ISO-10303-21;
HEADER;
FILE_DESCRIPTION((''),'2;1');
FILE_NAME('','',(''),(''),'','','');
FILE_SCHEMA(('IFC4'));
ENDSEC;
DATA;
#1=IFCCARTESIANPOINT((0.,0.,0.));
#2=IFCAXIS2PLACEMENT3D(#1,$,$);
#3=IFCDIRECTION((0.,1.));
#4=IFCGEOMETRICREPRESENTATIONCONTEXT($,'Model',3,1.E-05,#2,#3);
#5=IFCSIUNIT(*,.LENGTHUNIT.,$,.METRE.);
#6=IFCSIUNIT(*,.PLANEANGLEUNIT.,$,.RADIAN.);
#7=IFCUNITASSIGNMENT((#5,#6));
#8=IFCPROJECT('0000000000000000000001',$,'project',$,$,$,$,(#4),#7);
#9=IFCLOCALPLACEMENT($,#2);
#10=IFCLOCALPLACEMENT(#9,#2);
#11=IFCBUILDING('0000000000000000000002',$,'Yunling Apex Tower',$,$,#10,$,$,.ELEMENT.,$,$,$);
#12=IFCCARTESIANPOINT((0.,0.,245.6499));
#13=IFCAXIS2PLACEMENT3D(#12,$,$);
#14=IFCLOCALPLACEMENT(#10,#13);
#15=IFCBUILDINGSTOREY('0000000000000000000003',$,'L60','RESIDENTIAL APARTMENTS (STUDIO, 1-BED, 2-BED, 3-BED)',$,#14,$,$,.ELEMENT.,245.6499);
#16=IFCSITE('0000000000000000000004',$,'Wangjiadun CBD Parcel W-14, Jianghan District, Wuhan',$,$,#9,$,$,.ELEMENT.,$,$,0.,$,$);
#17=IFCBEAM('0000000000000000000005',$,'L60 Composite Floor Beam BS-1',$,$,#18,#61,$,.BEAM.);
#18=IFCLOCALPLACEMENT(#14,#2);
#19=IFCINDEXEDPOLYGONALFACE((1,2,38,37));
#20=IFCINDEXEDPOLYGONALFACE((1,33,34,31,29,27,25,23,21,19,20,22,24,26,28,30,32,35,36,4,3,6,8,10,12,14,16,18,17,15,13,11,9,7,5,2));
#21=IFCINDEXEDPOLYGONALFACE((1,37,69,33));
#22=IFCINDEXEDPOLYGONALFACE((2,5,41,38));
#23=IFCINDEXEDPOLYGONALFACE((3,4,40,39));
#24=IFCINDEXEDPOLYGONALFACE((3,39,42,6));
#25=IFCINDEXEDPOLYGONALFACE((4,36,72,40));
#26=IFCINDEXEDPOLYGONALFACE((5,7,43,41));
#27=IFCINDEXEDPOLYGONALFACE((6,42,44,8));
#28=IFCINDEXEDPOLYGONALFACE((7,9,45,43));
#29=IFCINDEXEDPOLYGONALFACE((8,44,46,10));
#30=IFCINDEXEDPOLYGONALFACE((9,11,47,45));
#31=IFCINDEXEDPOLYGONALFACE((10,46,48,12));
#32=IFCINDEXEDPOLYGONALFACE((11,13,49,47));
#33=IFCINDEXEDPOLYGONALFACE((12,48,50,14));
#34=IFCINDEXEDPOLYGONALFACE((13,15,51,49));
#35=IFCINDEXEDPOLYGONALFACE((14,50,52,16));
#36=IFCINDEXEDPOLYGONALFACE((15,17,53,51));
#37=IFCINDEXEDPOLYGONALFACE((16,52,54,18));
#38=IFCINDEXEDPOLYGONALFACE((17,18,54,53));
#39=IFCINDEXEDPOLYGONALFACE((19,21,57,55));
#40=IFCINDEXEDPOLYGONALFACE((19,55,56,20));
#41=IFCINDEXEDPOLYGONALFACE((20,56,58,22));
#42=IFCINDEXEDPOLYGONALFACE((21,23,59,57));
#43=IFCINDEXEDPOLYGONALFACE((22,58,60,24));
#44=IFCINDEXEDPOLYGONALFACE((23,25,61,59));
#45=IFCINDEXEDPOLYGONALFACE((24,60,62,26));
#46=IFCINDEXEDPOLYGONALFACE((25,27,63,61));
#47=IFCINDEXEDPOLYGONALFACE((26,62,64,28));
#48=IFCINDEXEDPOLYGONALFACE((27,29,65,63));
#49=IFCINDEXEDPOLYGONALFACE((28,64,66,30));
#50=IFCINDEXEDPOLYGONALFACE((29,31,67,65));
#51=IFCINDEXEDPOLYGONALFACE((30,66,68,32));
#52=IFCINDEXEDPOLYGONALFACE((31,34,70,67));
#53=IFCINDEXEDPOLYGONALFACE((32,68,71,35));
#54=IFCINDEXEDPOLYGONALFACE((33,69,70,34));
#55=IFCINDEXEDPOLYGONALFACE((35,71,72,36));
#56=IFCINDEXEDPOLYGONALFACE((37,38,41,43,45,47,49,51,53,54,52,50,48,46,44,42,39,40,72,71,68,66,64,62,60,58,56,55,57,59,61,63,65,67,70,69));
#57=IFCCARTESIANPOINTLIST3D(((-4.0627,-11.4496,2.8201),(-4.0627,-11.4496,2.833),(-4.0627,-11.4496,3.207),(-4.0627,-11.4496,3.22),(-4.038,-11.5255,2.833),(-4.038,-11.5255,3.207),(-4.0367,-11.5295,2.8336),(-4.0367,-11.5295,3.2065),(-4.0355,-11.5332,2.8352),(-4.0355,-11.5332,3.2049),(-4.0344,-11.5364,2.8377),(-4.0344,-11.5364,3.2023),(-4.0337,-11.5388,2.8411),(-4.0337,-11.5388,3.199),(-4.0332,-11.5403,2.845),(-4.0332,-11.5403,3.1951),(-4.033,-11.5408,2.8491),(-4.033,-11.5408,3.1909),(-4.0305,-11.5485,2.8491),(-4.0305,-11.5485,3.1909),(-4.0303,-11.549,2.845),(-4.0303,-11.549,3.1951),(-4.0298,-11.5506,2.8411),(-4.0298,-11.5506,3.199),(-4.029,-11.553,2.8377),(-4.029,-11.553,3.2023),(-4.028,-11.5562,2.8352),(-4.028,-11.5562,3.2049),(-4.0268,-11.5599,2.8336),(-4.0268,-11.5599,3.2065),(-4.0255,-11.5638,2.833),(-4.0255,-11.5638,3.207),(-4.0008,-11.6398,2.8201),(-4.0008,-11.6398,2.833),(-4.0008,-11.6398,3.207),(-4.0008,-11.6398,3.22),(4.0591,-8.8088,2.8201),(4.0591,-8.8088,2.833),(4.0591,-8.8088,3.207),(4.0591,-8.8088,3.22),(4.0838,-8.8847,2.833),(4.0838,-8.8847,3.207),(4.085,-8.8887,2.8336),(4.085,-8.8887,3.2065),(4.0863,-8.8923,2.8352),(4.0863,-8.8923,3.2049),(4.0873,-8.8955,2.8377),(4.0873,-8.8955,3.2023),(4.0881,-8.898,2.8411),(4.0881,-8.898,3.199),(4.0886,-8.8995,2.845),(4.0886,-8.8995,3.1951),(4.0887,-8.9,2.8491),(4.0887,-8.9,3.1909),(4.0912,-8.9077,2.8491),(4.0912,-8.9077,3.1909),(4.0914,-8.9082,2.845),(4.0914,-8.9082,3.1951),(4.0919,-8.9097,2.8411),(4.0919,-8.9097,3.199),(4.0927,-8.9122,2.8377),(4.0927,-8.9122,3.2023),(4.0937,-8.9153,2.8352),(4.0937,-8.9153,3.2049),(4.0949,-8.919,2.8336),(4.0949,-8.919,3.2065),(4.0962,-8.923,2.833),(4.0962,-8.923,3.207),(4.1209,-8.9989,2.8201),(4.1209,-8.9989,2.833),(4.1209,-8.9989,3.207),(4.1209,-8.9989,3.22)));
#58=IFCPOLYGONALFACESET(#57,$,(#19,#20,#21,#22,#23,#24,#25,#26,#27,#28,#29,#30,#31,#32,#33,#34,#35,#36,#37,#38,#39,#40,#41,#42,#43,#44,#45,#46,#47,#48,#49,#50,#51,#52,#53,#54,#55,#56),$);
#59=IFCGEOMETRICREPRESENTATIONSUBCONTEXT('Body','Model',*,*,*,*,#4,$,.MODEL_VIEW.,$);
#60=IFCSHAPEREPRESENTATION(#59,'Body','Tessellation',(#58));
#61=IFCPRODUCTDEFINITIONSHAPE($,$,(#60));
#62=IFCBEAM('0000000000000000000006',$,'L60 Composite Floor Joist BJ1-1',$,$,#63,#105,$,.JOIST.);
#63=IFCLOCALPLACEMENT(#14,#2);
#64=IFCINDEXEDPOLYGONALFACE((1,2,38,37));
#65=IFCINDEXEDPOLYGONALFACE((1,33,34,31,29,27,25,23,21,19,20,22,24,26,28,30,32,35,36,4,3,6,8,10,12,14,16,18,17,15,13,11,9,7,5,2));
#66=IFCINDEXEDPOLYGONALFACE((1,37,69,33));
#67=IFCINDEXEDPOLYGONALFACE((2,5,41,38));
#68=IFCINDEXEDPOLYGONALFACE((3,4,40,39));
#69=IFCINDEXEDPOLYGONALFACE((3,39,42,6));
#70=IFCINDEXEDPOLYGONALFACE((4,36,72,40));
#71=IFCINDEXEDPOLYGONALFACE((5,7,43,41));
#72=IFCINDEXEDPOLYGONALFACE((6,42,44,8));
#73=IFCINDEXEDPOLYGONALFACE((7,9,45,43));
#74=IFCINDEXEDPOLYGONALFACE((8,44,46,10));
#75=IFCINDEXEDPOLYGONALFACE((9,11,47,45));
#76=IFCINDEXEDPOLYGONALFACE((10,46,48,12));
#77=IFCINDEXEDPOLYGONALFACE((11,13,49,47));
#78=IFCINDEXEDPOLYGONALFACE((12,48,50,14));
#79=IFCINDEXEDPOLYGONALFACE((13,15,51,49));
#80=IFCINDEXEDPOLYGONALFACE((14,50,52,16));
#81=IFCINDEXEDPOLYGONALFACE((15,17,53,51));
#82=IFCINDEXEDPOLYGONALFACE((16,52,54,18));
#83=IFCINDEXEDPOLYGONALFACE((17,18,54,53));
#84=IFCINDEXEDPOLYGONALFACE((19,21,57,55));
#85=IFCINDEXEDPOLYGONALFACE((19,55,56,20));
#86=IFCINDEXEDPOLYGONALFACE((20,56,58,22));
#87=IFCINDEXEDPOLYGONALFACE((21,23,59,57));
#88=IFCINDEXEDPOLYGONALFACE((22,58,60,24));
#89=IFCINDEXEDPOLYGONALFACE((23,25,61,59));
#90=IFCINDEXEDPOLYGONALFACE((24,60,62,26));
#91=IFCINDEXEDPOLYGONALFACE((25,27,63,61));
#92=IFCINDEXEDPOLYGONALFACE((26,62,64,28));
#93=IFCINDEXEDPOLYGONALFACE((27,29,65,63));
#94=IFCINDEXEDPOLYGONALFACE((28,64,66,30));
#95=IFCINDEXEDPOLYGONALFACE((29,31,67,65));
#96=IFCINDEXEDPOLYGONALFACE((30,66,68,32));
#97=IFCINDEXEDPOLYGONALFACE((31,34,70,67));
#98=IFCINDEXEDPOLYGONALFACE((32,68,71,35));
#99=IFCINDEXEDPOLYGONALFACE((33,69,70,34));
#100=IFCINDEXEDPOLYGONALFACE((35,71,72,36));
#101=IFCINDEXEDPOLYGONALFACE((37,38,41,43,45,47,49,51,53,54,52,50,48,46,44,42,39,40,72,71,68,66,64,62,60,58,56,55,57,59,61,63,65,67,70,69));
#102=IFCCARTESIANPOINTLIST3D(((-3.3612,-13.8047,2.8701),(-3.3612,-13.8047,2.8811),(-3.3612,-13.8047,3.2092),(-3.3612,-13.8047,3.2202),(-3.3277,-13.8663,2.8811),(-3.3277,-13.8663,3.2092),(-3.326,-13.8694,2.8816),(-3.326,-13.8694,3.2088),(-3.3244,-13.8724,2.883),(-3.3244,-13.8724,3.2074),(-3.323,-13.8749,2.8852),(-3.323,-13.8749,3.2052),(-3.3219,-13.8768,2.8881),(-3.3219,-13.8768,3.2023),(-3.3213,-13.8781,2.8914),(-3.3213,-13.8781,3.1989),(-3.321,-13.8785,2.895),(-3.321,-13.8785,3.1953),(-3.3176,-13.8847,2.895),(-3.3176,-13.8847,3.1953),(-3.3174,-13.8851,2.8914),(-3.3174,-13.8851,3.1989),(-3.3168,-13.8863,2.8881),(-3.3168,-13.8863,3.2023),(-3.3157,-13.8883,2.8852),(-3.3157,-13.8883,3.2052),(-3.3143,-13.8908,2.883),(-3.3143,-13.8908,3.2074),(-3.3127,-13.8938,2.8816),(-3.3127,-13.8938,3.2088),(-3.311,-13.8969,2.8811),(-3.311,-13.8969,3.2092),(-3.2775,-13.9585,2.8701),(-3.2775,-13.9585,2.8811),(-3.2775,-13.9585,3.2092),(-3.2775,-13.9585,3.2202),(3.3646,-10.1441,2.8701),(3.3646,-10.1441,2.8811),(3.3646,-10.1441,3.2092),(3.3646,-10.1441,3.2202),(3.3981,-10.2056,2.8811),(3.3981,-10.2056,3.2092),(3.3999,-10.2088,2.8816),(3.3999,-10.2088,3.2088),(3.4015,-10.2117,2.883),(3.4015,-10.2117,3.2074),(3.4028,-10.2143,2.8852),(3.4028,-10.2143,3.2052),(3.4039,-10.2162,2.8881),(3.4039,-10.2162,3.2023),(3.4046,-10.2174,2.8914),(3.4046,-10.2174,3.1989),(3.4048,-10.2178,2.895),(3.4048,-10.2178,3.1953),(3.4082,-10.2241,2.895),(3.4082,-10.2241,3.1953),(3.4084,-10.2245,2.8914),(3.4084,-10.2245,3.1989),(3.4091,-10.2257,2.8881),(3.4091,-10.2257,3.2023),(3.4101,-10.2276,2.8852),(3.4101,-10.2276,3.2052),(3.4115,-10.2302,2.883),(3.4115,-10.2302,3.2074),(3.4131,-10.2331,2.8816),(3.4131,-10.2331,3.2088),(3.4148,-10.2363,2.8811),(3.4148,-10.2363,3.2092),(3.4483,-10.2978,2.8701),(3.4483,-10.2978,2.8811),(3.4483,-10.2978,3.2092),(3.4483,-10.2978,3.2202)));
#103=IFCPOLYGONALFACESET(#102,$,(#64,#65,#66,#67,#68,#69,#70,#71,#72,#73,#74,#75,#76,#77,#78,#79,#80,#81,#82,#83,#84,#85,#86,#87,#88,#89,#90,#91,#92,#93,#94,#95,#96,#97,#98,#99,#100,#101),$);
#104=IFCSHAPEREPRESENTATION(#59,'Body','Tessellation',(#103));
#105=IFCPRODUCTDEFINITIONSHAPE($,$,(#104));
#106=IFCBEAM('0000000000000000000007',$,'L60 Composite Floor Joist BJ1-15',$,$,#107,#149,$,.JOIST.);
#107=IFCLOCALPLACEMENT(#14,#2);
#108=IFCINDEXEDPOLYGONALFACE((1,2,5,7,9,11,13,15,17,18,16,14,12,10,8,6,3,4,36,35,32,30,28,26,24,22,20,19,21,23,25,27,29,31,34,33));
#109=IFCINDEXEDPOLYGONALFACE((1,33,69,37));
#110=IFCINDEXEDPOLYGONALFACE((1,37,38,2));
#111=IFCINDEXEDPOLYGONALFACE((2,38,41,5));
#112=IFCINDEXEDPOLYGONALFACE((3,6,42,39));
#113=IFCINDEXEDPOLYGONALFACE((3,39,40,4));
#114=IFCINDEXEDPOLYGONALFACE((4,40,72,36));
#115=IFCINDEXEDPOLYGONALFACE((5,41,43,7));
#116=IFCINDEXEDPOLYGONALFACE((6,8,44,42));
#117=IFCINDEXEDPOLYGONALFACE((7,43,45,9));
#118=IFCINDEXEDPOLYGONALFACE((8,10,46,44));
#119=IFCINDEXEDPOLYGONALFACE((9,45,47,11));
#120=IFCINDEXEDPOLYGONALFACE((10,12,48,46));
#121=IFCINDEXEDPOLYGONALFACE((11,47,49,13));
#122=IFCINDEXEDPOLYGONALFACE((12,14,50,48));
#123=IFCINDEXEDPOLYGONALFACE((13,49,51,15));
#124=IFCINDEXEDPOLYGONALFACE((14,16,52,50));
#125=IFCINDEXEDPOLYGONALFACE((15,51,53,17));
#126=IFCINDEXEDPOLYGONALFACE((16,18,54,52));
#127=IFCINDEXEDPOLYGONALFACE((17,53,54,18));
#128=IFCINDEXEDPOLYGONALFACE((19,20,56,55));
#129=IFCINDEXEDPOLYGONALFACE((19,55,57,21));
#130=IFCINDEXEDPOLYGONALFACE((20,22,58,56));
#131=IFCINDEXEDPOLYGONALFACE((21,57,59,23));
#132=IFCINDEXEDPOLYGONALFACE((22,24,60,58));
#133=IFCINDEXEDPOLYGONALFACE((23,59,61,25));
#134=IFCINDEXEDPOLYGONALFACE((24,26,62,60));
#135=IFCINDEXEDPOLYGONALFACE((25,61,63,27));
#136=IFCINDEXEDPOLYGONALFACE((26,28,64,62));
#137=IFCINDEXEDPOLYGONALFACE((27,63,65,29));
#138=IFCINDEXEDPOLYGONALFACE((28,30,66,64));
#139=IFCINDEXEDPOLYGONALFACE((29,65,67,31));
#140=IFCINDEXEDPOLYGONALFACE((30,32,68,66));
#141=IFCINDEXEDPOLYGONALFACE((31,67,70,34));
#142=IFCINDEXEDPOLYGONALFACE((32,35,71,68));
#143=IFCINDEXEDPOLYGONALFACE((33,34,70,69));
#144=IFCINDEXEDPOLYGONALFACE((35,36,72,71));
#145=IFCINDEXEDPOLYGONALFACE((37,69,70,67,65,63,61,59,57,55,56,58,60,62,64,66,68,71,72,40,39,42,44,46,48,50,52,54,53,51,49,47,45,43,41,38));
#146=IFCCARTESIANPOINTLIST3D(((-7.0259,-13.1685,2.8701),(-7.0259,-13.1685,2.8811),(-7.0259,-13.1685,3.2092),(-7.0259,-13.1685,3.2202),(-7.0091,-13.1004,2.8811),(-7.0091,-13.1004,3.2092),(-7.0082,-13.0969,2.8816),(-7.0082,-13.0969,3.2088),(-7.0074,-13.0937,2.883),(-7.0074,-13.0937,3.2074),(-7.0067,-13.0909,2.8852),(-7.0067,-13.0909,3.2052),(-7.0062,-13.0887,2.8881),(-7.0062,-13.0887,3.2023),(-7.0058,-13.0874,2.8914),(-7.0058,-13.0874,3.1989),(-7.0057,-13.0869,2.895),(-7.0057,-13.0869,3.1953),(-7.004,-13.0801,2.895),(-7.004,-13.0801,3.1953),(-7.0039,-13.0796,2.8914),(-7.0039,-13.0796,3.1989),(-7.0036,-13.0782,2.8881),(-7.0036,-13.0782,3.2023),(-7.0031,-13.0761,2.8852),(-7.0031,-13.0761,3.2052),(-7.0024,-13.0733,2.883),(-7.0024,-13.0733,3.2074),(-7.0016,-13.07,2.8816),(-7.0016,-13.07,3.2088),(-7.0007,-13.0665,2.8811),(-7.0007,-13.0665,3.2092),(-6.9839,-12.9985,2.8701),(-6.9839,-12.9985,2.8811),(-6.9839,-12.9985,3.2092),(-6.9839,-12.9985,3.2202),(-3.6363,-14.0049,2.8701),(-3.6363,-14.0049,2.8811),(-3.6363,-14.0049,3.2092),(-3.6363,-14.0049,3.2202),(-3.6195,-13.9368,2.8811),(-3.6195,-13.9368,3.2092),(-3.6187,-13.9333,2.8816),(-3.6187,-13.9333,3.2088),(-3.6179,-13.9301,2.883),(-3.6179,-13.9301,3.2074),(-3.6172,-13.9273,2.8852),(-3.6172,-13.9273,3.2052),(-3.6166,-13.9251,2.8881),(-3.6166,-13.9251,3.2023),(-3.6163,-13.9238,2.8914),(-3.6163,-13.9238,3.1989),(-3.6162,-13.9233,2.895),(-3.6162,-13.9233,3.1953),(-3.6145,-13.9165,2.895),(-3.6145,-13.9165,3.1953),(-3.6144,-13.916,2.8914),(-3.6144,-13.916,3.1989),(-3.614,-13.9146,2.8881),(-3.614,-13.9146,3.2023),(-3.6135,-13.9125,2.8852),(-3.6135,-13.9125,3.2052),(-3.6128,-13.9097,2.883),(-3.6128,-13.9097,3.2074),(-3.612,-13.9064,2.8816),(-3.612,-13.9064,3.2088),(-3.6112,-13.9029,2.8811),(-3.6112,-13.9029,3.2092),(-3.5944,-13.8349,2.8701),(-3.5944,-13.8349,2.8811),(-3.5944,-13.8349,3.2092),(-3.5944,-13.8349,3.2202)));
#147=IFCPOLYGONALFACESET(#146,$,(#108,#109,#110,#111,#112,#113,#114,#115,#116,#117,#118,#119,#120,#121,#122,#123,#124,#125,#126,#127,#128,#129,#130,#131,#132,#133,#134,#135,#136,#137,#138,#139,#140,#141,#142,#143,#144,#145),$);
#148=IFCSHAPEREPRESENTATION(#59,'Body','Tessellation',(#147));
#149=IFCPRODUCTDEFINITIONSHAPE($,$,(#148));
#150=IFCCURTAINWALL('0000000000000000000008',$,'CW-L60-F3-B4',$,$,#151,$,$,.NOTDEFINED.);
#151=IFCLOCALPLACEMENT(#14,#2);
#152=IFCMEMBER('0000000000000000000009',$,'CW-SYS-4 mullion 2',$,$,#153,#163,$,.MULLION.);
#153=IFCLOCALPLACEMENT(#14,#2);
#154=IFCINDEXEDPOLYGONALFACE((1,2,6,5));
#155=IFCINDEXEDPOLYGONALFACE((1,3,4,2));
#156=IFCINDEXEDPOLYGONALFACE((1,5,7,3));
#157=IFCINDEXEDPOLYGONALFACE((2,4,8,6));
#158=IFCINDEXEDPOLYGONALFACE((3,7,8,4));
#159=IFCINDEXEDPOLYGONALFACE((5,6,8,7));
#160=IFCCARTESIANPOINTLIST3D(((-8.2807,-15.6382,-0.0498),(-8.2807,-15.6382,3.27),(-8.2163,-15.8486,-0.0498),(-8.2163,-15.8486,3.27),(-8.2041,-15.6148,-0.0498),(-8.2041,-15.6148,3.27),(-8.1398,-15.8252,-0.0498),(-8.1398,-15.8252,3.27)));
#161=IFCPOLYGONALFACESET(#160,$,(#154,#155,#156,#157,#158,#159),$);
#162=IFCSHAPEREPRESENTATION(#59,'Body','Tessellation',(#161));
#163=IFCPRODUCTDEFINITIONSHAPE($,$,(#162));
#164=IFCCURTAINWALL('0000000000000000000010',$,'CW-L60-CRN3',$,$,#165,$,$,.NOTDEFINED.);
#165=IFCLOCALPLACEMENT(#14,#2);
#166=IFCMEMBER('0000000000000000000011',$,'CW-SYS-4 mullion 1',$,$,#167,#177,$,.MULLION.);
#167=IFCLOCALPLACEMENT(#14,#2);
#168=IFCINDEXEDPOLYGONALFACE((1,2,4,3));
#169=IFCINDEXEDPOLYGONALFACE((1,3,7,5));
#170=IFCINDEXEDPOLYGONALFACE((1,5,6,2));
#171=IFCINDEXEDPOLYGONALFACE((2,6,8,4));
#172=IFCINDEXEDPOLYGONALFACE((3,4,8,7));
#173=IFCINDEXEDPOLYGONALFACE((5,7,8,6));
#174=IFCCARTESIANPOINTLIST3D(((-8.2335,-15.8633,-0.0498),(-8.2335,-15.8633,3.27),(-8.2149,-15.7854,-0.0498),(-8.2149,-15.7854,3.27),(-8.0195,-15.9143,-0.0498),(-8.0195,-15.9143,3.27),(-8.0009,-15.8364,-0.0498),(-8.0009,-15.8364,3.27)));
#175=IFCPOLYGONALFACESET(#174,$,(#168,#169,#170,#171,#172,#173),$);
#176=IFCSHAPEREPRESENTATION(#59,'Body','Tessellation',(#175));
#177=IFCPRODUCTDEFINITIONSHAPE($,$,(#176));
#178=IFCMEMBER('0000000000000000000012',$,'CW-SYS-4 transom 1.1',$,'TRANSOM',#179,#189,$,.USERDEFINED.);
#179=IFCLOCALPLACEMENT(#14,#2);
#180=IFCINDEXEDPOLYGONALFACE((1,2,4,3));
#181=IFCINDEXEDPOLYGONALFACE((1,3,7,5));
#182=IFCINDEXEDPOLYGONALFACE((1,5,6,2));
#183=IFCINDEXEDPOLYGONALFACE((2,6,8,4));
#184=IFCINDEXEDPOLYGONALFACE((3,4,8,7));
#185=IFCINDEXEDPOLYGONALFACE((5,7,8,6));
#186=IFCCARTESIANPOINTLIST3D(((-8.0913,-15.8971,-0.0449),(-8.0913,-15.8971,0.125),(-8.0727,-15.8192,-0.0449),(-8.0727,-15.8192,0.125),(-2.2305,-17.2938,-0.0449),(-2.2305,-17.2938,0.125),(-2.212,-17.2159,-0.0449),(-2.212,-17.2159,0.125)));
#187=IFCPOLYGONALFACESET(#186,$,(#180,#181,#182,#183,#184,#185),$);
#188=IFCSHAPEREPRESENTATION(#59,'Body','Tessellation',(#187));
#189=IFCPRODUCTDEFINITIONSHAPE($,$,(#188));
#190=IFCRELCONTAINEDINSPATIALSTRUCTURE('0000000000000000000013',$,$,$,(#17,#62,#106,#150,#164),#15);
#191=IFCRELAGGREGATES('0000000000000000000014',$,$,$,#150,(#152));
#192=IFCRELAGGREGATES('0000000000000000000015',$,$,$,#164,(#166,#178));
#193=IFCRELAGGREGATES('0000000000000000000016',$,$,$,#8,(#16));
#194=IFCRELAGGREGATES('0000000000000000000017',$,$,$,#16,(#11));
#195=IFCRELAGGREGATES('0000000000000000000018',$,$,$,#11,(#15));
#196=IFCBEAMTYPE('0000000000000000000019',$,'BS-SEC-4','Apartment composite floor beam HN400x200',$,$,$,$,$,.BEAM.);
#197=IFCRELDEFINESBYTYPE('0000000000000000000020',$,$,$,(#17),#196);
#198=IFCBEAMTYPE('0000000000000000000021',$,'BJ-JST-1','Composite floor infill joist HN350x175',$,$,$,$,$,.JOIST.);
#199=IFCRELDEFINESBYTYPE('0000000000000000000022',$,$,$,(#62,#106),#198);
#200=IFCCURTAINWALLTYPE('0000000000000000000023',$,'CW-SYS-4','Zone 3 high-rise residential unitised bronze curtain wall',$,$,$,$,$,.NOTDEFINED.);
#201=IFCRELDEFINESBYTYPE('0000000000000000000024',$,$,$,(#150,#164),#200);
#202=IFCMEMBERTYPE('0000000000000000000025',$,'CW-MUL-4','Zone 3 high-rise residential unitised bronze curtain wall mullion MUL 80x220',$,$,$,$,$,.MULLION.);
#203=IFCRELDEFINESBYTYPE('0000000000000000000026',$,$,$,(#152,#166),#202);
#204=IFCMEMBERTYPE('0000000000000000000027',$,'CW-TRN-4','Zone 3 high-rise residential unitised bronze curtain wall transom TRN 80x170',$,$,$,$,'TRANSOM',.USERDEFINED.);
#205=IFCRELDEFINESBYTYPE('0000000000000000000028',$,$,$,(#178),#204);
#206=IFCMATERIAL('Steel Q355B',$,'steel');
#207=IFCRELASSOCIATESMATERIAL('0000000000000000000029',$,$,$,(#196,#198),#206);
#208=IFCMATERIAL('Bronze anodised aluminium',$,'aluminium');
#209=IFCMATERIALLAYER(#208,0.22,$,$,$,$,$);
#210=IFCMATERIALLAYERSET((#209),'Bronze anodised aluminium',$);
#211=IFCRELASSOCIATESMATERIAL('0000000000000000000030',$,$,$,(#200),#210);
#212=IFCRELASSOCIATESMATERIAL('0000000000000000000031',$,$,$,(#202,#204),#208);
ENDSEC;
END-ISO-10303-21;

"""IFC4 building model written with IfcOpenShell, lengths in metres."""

from ifc_helpers import new_model, si_unit, direction, frame, origin, origin_2d, place, context, subcontext, project, spatial, rectangle, i_section, extrude, source, transform, mapped, material, layer, layer_set, material_profile, profile_set, type_object, element, aggregate, save


model = new_model("IFC4")

# Units and contexts
model_context = context("Model", 3, precision=1e-05, world=origin(), true_north=direction((0.0, 1.0)))
body_context = subcontext(model_context, "Body", "Model", "MODEL_VIEW")
ifc_project = project(units=[si_unit("LENGTHUNIT", "METRE"), si_unit("PLANEANGLEUNIT", "RADIAN")], contexts=[model_context])

# Site, building, storey
site_placement = place(None, origin())
site = spatial("IfcSite", under=ifc_project, at=site_placement, Name="Wangjiadun CBD Parcel W-14, Jianghan District, Wuhan", CompositionType="ELEMENT", RefElevation=0.0)
building_placement = place(site_placement, origin())
building = spatial("IfcBuilding", under=site, at=building_placement, Name="Yunling Apex Tower", CompositionType="ELEMENT")
storey_placement = place(building_placement, frame((0.0, 0.0, 245.6499)))
storey = spatial("IfcBuildingStorey", under=building, at=storey_placement, Name="L60", Description="RESIDENTIAL APARTMENTS (STUDIO, 1-BED, 2-BED, 3-BED)", CompositionType="ELEMENT", Elevation=245.6499)

# Beams
ifc_material_1 = material(Name="Steel Q355B", Category="steel")
ifc_material_profile_1 = material_profile(ifc_material_1, i_section(OverallWidth=0.2, OverallDepth=0.3999, WebThickness=0.0081, FlangeThickness=0.0129, FilletRadius=0.0161, at=origin_2d()))
ifc_profile_set_1 = profile_set([ifc_material_profile_1], Name="Steel Q355B")
beam_type_1 = type_object("IfcBeamType", Name="BS-SEC-4", Description="Apartment composite floor beam HN400x200", PredefinedType="BEAM", material=ifc_profile_set_1)
shared_shape_1 = source(origin(), body_context, "Body", "SweptSolid", [
    extrude(i_section(OverallWidth=0.2, OverallDepth=0.3999, WebThickness=0.0081, FlangeThickness=0.0129, FilletRadius=0.0161, at=origin_2d()), origin(), (0.0, 0.0, 1.0), 8.5403),
])
beam_1_placement = place(storey_placement, frame((-4.0317, -11.5447, 3.02), z_axis=(0.95099, 0.309221, 0.0), x_axis=(-0.309221, 0.95099, 0.0)))
element("IfcBeam", 1, at=beam_1_placement, inside=storey, type_object=beam_type_1, Name="L60 Composite Floor Beam BS-1", PredefinedType="BEAM", context=body_context, shape_type="MappedRepresentation", body=[
    mapped(shared_shape_1, transform((0.0, 0.0, 0.0), scale=1.0)),
])
ifc_material_profile_2 = material_profile(ifc_material_1, i_section(OverallWidth=0.175, OverallDepth=0.3501, WebThickness=0.0071, FlangeThickness=0.011, FilletRadius=0.0139, at=origin_2d()))
ifc_profile_set_2 = profile_set([ifc_material_profile_2], Name="Steel Q355B")
beam_type_2 = type_object("IfcBeamType", Name="BJ-JST-1", Description="Composite floor infill joist HN350x175", PredefinedType="JOIST", material=ifc_profile_set_2)
shared_shape_2 = source(origin(), body_context, "Body", "SweptSolid", [
    extrude(i_section(OverallWidth=0.175, OverallDepth=0.3501, WebThickness=0.0071, FlangeThickness=0.011, FilletRadius=0.0139, at=origin_2d()), origin(), (0.0, 0.0, 1.0), 7.6575),
])
beam_2_placement = place(storey_placement, frame((-3.3193, -13.8816, 3.0452), z_axis=(0.878334, 0.478048, 0.0), x_axis=(-0.478048, 0.878334, 0.0)))
element("IfcBeam", 2, at=beam_2_placement, inside=storey, type_object=beam_type_2, Name="L60 Composite Floor Joist BJ1-1", PredefinedType="JOIST", context=body_context, shape_type="MappedRepresentation", body=[
    mapped(shared_shape_2, transform((0.0, 0.0, 0.0), scale=1.0)),
])
shared_shape_3 = source(origin(), body_context, "Body", "SweptSolid", [
    extrude(i_section(OverallWidth=0.175, OverallDepth=0.3501, WebThickness=0.0071, FlangeThickness=0.011, FilletRadius=0.0139, at=origin_2d()), origin(), (0.0, 0.0, 1.0), 3.4912),
])
beam_3_placement = place(storey_placement, frame((-7.0049, -13.0835, 3.0452), z_axis=(0.970878, -0.239573, 0.0), x_axis=(0.239573, 0.970878, 0.0)))
element("IfcBeam", 3, at=beam_3_placement, inside=storey, type_object=beam_type_2, Name="L60 Composite Floor Joist BJ1-15", PredefinedType="JOIST", context=body_context, shape_type="MappedRepresentation", body=[
    mapped(shared_shape_3, transform((0.0, 0.0, 0.0), scale=1.0)),
])

# Curtain wall, member
ifc_material_2 = material(Name="Bronze anodised aluminium", Category="aluminium")
ifc_layer_1 = layer(ifc_material_2, 0.22)
ifc_layer_set_1 = layer_set([ifc_layer_1], Name="Bronze anodised aluminium")
curtain_wall_type = type_object("IfcCurtainWallType", Name="CW-SYS-4", Description="Zone 3 high-rise residential unitised bronze curtain wall", PredefinedType="NOTDEFINED", material=ifc_layer_set_1)
curtain_wall_1_placement = place(storey_placement, origin())
curtain_wall_1 = element("IfcCurtainWall", 4, at=curtain_wall_1_placement, inside=storey, type_object=curtain_wall_type, Name="CW-L60-F3-B4", PredefinedType="NOTDEFINED")
ifc_material_profile_3 = material_profile(ifc_material_2, rectangle(XDim=0.0801, YDim=0.22, at=origin_2d()))
ifc_profile_set_3 = profile_set([ifc_material_profile_3], Name="Bronze anodised aluminium")
member_type_1 = type_object("IfcMemberType", Name="CW-MUL-4", Description="Zone 3 high-rise residential unitised bronze curtain wall mullion MUL 80x220", PredefinedType="MULLION", material=ifc_profile_set_3)
shared_shape_4 = source(origin(), body_context, "Body", "SweptSolid", [
    extrude(rectangle(XDim=0.0801, YDim=0.22, at=origin_2d()), origin(), (0.0, 0.0, 1.0), 3.3198),
])
member_1_placement = place(storey_placement, frame((-8.2102, -15.7317, -0.0498), z_axis=(0.0, 0.0, 1.0), x_axis=(0.956305, 0.292372, 0.0)))
member_1 = element("IfcMember", 5, at=member_1_placement, type_object=member_type_1, Name="CW-SYS-4 mullion 2", PredefinedType="MULLION", context=body_context, shape_type="MappedRepresentation", body=[
    mapped(shared_shape_4, transform((0.0, 0.0, 0.0), scale=1.0)),
])

# Curtain wall, members
curtain_wall_2_placement = place(storey_placement, origin())
curtain_wall_2 = element("IfcCurtainWall", 6, at=curtain_wall_2_placement, inside=storey, type_object=curtain_wall_type, Name="CW-L60-CRN3", PredefinedType="NOTDEFINED")
member_2_placement = place(storey_placement, frame((-8.1172, -15.8499, -0.0498), z_axis=(0.0, 0.0, 1.0), x_axis=(0.231809, 0.972761, 0.0)))
member_2 = element("IfcMember", 7, at=member_2_placement, type_object=member_type_1, Name="CW-SYS-4 mullion 1", PredefinedType="MULLION", context=body_context, shape_type="MappedRepresentation", body=[
    mapped(shared_shape_4, transform((0.0, 0.0, 0.0), scale=1.0)),
])
ifc_material_profile_4 = material_profile(ifc_material_2, rectangle(XDim=0.0801, YDim=0.1699, at=origin_2d()))
ifc_profile_set_4 = profile_set([ifc_material_profile_4], Name="Bronze anodised aluminium")
member_type_2 = type_object("IfcMemberType", Name="CW-TRN-4", Description="Zone 3 high-rise residential unitised bronze curtain wall transom TRN 80x170", ElementType="TRANSOM", PredefinedType="USERDEFINED", material=ifc_profile_set_4)
shared_shape_5 = source(origin(), body_context, "Body", "SweptSolid", [
    extrude(rectangle(XDim=0.0801, YDim=0.1699, at=origin_2d()), origin(), (0.0, 0.0, 1.0), 6.0249),
])
member_3_placement = place(storey_placement, frame((-8.082, -15.8582, 0.04), z_axis=(0.972758, -0.231823, 0.0), x_axis=(0.231823, 0.972758, 0.0)))
member_3 = element("IfcMember", 8, at=member_3_placement, type_object=member_type_2, Name="CW-SYS-4 transom 1.1", ObjectType="TRANSOM", PredefinedType="USERDEFINED", context=body_context, shape_type="MappedRepresentation", body=[
    mapped(shared_shape_5, transform((0.0, 0.0, 0.0), scale=1.0)),
])

aggregate(curtain_wall_1, [member_1])
aggregate(curtain_wall_2, [member_2, member_3])

save(model, "model.ifc")
